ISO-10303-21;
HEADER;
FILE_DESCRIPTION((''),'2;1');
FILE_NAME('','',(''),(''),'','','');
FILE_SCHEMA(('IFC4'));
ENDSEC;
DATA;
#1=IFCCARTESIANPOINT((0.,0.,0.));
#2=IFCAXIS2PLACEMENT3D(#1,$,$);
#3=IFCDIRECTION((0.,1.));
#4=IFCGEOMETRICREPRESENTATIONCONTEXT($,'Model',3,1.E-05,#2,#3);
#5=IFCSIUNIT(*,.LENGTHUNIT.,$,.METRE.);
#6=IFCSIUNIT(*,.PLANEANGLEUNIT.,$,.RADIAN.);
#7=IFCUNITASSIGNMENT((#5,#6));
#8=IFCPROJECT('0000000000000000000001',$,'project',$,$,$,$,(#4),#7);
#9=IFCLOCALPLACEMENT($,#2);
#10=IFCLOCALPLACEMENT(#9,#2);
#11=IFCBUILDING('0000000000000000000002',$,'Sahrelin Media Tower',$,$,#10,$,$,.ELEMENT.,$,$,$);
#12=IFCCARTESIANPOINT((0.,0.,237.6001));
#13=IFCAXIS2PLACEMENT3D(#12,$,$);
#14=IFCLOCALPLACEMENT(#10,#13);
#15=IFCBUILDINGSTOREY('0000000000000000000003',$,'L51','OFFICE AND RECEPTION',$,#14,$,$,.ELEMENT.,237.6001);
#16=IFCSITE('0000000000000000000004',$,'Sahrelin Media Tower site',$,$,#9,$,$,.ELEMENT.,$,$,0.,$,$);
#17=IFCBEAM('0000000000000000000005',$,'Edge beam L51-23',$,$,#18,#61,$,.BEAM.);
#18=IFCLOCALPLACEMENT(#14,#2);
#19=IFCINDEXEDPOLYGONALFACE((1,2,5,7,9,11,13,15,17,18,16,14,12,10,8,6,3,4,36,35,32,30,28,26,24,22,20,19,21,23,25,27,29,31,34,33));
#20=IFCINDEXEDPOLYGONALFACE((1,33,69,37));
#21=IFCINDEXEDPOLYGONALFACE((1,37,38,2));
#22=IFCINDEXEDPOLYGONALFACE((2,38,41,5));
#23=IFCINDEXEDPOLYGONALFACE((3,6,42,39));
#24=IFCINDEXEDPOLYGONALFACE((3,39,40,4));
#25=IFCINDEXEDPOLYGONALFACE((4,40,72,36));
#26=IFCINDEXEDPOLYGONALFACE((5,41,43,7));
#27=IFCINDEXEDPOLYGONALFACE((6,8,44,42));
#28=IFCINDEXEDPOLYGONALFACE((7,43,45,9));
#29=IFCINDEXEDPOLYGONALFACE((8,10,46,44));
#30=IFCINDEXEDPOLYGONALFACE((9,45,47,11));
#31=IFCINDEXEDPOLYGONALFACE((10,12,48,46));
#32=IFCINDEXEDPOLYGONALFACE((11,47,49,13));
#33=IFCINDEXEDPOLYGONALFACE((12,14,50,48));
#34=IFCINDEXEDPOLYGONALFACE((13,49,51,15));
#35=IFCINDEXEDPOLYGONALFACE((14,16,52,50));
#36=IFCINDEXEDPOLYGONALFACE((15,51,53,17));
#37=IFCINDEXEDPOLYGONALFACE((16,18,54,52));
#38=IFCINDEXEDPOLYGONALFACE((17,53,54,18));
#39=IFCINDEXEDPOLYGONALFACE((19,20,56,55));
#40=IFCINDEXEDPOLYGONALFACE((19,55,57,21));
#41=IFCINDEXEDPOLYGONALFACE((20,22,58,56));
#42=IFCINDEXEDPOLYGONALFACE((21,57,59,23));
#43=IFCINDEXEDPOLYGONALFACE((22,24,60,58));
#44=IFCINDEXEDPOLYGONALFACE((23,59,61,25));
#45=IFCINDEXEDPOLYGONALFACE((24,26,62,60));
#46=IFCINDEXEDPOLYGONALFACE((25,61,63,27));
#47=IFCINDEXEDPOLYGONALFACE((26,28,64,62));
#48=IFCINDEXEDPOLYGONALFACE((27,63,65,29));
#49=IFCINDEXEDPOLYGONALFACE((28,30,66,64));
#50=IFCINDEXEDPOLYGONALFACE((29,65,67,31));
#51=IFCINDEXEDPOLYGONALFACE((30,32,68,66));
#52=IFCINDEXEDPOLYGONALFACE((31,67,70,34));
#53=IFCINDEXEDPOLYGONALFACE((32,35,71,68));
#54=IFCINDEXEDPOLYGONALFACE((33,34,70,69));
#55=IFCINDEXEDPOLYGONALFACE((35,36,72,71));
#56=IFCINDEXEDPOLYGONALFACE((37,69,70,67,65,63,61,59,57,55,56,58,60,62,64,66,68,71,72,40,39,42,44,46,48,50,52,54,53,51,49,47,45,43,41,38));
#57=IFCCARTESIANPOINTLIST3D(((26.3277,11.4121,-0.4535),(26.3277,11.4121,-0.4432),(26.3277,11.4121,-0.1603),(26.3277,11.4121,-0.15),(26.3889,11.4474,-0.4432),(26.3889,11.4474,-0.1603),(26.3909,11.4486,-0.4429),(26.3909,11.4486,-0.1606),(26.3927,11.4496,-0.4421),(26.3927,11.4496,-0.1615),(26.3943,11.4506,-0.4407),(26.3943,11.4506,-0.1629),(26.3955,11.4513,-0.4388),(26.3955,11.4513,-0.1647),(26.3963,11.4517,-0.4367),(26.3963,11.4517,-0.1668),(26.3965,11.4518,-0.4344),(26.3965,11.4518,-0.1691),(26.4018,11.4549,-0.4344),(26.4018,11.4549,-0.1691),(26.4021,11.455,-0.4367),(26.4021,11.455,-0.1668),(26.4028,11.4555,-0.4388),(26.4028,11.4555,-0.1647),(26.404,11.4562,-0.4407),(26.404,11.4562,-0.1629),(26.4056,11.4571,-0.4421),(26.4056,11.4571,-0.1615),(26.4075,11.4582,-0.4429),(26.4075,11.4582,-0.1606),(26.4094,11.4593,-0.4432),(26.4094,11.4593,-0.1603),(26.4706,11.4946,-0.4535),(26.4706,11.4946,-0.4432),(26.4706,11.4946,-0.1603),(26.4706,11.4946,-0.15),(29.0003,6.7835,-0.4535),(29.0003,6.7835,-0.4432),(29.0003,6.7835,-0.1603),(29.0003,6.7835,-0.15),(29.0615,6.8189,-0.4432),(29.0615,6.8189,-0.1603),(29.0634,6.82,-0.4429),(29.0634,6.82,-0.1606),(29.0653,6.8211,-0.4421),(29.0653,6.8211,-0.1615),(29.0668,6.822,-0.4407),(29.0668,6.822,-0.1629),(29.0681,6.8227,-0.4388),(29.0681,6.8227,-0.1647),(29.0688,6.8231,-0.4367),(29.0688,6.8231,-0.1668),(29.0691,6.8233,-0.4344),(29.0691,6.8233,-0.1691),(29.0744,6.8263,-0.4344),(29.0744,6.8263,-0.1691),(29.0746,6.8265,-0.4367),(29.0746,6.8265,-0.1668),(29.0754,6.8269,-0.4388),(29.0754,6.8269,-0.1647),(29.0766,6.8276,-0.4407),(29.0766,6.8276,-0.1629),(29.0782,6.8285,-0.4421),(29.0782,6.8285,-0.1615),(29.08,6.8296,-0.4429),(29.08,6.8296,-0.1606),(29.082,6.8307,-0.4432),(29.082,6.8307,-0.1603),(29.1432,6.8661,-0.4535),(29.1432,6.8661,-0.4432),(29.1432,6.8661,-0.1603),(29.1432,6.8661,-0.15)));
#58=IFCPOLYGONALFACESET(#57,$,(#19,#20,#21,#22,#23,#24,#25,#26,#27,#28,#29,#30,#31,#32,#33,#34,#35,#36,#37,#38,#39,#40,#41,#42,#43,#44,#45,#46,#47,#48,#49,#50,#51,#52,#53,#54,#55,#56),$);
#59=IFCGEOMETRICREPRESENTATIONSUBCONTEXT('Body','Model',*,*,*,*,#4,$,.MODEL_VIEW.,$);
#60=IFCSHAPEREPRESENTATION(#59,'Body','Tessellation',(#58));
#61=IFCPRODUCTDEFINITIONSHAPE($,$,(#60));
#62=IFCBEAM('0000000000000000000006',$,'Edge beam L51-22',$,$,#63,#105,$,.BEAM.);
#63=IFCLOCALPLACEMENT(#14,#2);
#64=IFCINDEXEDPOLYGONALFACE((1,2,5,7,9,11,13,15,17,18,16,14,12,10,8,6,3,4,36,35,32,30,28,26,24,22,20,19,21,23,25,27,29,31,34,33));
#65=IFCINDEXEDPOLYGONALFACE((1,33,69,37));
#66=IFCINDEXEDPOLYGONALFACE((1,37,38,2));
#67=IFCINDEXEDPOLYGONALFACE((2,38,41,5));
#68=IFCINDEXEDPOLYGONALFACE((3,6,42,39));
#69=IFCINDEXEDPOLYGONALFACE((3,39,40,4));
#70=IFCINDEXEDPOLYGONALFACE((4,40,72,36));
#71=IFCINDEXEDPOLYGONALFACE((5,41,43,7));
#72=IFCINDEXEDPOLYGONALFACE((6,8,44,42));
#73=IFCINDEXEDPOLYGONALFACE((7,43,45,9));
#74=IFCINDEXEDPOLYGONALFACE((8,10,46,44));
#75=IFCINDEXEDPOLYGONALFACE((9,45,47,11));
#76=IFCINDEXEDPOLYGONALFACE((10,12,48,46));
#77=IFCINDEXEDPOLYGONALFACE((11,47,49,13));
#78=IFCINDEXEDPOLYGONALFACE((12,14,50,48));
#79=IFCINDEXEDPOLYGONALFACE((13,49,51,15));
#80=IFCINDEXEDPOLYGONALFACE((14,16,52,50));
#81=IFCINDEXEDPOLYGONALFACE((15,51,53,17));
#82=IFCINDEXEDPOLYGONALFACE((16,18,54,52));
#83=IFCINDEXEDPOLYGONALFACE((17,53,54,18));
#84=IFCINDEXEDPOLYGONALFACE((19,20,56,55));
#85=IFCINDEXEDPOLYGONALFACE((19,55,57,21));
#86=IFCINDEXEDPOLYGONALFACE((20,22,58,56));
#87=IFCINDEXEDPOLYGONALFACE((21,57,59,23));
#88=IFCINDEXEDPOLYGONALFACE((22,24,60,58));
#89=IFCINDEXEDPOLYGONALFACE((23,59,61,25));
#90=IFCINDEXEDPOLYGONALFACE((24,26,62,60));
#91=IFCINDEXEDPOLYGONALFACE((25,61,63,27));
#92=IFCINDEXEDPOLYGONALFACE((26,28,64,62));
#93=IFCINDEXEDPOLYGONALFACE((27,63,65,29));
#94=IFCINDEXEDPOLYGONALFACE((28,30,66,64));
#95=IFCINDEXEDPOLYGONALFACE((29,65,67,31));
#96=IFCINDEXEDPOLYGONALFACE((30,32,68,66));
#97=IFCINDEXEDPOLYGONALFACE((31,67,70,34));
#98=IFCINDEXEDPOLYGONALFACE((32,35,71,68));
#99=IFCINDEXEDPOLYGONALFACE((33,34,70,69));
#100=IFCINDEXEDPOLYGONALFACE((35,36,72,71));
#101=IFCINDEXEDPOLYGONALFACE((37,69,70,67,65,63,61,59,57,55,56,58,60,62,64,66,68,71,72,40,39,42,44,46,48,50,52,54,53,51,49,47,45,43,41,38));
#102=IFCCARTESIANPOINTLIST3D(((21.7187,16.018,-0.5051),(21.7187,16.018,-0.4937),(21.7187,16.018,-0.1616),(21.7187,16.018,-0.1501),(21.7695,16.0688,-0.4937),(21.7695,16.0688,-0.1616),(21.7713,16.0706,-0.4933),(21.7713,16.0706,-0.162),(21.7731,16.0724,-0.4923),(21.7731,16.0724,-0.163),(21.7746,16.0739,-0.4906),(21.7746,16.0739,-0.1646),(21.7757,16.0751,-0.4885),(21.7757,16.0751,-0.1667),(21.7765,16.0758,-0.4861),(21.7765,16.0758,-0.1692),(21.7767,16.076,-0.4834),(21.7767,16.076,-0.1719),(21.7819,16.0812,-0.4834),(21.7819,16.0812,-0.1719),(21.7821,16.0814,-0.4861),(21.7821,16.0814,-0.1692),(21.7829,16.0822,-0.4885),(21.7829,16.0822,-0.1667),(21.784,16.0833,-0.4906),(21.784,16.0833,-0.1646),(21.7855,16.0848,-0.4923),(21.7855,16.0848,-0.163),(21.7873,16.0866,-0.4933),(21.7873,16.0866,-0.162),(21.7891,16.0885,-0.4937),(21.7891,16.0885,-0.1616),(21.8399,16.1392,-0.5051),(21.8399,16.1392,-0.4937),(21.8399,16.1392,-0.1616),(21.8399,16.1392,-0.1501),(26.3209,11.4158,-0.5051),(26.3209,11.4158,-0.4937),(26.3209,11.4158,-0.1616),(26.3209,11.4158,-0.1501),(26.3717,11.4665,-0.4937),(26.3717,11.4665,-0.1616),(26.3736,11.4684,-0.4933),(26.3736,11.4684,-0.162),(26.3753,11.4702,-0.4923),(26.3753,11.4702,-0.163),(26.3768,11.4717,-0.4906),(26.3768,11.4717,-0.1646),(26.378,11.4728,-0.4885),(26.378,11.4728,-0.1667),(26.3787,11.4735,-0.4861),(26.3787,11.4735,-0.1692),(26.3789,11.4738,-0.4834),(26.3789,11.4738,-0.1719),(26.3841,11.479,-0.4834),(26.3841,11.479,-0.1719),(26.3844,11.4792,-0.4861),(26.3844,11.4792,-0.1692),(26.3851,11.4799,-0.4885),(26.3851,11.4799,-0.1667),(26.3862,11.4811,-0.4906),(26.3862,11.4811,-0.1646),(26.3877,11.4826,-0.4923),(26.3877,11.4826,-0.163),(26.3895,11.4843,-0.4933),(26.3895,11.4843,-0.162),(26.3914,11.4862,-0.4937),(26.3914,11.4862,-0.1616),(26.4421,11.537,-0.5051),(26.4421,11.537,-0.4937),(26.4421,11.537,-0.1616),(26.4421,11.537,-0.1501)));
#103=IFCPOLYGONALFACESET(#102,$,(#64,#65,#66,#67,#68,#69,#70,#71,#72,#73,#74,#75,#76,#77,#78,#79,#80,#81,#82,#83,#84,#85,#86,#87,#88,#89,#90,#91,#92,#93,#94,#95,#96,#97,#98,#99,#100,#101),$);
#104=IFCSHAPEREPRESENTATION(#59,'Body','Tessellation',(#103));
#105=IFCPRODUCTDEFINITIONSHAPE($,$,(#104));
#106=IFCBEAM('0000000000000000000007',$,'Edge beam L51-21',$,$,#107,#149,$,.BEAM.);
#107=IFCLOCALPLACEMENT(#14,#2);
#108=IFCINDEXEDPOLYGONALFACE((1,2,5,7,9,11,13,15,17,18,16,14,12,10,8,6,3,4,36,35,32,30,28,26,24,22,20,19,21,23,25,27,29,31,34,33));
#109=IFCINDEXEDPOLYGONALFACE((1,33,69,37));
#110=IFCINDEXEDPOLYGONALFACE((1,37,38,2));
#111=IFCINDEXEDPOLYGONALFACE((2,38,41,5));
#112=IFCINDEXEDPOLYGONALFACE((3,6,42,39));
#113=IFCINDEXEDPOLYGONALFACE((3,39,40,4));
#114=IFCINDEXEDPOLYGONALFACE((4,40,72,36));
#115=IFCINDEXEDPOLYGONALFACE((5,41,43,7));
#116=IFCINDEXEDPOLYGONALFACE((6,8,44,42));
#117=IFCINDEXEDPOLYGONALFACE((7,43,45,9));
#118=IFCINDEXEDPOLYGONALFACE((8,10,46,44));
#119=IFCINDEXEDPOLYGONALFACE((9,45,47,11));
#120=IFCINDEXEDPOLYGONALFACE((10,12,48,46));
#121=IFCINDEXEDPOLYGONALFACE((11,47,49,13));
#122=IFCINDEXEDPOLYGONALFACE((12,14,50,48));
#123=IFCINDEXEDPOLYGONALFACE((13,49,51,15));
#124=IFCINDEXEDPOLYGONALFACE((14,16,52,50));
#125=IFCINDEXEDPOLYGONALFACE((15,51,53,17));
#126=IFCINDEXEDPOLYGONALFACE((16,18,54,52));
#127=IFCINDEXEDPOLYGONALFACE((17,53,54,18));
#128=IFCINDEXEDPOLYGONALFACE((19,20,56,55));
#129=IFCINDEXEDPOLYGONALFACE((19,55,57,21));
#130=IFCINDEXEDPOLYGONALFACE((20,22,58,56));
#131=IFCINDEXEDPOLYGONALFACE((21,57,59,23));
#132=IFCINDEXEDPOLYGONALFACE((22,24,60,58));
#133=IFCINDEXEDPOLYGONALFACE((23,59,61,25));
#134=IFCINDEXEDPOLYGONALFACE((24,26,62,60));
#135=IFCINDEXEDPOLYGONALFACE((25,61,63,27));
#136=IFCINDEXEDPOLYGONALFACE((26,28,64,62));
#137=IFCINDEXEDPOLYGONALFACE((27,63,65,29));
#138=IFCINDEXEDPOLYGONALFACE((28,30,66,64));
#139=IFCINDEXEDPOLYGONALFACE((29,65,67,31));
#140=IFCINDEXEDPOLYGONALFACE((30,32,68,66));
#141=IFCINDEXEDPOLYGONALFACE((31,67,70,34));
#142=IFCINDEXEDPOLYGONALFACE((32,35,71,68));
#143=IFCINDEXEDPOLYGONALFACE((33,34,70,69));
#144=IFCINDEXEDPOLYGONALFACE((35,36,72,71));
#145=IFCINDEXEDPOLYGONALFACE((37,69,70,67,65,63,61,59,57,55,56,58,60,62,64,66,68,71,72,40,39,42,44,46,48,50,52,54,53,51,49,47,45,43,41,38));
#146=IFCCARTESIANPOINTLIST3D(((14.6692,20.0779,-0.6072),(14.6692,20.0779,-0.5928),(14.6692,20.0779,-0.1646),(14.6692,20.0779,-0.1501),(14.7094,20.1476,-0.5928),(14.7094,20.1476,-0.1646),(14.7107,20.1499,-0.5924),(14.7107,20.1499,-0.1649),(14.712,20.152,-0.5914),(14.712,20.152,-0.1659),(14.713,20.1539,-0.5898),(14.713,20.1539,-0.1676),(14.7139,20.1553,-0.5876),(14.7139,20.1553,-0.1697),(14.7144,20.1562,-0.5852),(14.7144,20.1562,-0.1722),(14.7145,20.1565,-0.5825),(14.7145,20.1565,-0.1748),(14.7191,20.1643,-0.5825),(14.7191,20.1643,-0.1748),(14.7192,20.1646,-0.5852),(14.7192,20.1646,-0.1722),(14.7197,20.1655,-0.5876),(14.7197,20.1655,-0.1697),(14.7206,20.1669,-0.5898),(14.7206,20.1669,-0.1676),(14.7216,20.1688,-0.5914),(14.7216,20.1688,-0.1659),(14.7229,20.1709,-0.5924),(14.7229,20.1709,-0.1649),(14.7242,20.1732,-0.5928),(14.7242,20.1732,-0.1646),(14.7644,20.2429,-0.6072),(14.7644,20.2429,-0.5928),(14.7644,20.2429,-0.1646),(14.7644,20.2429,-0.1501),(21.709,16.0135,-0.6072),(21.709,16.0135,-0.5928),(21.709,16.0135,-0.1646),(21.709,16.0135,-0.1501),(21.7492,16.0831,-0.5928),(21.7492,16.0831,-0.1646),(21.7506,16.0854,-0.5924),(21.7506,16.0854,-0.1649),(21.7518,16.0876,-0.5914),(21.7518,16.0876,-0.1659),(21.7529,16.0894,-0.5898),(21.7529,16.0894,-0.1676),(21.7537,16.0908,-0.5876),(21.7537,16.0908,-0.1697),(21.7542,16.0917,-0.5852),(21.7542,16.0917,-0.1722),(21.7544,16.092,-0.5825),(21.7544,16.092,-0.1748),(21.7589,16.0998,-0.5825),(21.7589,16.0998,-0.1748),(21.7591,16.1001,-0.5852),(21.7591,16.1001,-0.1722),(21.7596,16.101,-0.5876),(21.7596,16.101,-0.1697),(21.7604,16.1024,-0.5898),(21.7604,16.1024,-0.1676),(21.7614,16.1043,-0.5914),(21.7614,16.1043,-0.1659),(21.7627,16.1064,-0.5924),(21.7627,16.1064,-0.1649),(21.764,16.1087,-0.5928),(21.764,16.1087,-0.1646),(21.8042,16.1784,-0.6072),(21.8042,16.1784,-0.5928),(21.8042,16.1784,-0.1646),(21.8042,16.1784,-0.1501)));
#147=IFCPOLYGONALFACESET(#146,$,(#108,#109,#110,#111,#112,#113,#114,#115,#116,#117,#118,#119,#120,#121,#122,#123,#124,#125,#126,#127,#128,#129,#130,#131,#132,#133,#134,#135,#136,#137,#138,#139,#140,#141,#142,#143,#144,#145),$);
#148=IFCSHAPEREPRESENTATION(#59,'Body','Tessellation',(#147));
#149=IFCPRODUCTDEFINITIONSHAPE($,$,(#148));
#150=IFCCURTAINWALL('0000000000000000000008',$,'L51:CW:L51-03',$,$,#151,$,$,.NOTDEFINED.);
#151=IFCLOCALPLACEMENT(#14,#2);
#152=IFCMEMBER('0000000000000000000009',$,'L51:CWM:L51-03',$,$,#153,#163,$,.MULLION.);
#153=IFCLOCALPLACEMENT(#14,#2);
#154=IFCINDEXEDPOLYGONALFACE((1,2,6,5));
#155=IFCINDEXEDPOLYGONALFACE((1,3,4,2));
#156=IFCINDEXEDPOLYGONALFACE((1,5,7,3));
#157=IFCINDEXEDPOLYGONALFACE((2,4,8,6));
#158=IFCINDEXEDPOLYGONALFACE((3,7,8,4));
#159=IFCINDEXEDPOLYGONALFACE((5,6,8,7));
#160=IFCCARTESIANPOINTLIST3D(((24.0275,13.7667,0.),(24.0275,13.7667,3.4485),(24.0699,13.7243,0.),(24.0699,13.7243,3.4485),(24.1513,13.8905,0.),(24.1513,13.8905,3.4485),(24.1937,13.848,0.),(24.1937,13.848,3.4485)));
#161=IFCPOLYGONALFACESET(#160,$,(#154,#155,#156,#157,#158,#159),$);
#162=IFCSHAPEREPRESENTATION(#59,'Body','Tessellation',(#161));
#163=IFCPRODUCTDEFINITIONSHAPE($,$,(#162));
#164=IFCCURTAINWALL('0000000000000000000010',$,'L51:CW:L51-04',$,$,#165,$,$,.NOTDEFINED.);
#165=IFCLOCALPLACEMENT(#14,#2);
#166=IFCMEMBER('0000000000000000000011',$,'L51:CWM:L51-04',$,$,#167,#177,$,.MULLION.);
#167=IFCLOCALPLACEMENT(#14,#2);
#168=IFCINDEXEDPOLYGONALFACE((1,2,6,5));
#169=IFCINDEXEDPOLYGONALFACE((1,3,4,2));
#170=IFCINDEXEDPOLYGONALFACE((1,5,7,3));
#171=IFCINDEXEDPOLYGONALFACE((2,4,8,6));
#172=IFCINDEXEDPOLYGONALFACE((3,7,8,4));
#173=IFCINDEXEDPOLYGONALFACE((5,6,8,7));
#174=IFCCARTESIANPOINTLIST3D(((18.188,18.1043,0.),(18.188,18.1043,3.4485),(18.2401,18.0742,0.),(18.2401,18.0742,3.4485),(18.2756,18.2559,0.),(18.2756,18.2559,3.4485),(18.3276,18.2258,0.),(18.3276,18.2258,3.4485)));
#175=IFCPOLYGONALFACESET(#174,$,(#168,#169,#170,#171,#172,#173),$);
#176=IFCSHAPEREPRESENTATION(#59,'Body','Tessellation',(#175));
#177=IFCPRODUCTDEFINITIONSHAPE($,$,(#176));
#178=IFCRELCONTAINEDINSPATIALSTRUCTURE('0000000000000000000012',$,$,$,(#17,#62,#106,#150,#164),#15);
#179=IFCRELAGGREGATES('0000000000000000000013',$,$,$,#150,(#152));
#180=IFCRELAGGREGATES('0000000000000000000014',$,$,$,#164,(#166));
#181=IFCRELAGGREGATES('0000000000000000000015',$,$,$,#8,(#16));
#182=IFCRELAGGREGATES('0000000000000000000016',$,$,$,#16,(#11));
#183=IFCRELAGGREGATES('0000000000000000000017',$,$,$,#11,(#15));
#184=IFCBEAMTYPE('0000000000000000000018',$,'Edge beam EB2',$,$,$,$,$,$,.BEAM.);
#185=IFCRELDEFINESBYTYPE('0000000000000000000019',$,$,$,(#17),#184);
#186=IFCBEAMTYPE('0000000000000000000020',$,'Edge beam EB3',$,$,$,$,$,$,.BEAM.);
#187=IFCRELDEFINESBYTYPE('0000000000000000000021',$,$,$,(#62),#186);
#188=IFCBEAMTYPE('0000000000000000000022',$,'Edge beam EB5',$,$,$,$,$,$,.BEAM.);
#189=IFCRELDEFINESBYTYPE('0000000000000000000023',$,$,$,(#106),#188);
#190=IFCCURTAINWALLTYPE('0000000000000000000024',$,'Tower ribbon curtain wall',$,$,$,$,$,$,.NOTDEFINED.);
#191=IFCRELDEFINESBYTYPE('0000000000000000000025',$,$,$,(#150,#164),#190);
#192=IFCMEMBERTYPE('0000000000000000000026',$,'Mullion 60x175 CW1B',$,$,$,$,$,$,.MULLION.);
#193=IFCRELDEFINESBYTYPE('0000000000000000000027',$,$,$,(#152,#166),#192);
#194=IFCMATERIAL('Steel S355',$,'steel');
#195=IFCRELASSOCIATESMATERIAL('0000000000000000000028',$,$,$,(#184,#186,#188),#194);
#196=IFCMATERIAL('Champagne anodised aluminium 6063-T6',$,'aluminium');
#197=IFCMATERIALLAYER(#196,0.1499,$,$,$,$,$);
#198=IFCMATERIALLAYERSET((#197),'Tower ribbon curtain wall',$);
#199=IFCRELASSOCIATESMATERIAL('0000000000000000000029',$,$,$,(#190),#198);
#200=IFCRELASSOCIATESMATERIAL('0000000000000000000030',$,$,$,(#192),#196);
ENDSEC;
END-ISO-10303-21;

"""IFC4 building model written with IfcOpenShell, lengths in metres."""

from ifc_helpers import new_model, si_unit, direction, frame, origin, origin_2d, place, context, subcontext, project, spatial, rectangle, i_section, extrude, material, layer, layer_set, material_profile, profile_set, type_object, element, aggregate, save


model = new_model("IFC4")

# Units and contexts
model_context = context("Model", 3, precision=1e-05, world=origin(), true_north=direction((0.0, 1.0)))
body_context = subcontext(model_context, "Body", "Model", "MODEL_VIEW")
ifc_project = project(units=[si_unit("LENGTHUNIT", "METRE"), si_unit("PLANEANGLEUNIT", "RADIAN")], contexts=[model_context])

# Site, building, storey
site_placement = place(None, origin())
site = spatial("IfcSite", under=ifc_project, at=site_placement, Name="Sahrelin Media Tower site", CompositionType="ELEMENT", RefElevation=0.0)
building_placement = place(site_placement, origin())
building = spatial("IfcBuilding", under=site, at=building_placement, Name="Sahrelin Media Tower", CompositionType="ELEMENT")
storey_placement = place(building_placement, frame((0.0, 0.0, 237.6001)))
storey = spatial("IfcBuildingStorey", under=building, at=storey_placement, Name="L51", Description="OFFICE AND RECEPTION", CompositionType="ELEMENT", Elevation=237.6001)

# Beams
ifc_material_1 = material(Name="Steel S355", Category="steel")
ifc_material_profile_1 = material_profile(ifc_material_1, i_section(OverallWidth=0.165, OverallDepth=0.3035, WebThickness=0.0061, FlangeThickness=0.0103, FilletRadius=0.0088, at=origin_2d()), Name="UB 305x165x40")
ifc_profile_set_1 = profile_set([ifc_material_profile_1], Name="Steel S355")
beam_type_1 = type_object("IfcBeamType", Name="Edge beam EB2", PredefinedType="BEAM", material=ifc_profile_set_1)
beam_1_placement = place(storey_placement, frame((26.3992, 11.4534, -0.3018), z_axis=(0.500035, -0.866005, 0.0), x_axis=(0.866005, 0.500035, 0.0)))
element("IfcBeam", 1, at=beam_1_placement, inside=storey, type_object=beam_type_1, Name="Edge beam L51-23", PredefinedType="BEAM", context=body_context, shape_type="SweptSolid", body=[
    extrude(i_section(OverallWidth=0.165, OverallDepth=0.3035, WebThickness=0.0061, FlangeThickness=0.0103, FilletRadius=0.0088, at=origin_2d()), origin(), (0.0, 0.0, 1.0), 5.3447),
])
ifc_material_profile_2 = material_profile(ifc_material_1, i_section(OverallWidth=0.1714, OverallDepth=0.355, WebThickness=0.0073, FlangeThickness=0.0115, FilletRadius=0.0103, at=origin_2d()), Name="UB 356x171x51")
ifc_profile_set_2 = profile_set([ifc_material_profile_2], Name="Steel S355")
beam_type_2 = type_object("IfcBeamType", Name="Edge beam EB3", PredefinedType="BEAM", material=ifc_profile_set_2)
beam_2_placement = place(storey_placement, frame((21.7793, 16.0786, -0.3276), z_axis=(0.707107, -0.707107, 0.0), x_axis=(0.707107, 0.707107, 0.0)))
element("IfcBeam", 2, at=beam_2_placement, inside=storey, type_object=beam_type_2, Name="Edge beam L51-22", PredefinedType="BEAM", context=body_context, shape_type="SweptSolid", body=[
    extrude(i_section(OverallWidth=0.1714, OverallDepth=0.355, WebThickness=0.0073, FlangeThickness=0.0115, FilletRadius=0.0103, at=origin_2d()), origin(), (0.0, 0.0, 1.0), 6.5085),
])
ifc_material_profile_3 = material_profile(ifc_material_1, i_section(OverallWidth=0.1904, OverallDepth=0.457, WebThickness=0.009, FlangeThickness=0.0144, FilletRadius=0.0103, at=origin_2d()), Name="UB 457x191x74")
ifc_profile_set_3 = profile_set([ifc_material_profile_3], Name="Steel S355")
beam_type_3 = type_object("IfcBeamType", Name="Edge beam EB5", PredefinedType="BEAM", material=ifc_profile_set_3)
beam_3_placement = place(storey_placement, frame((14.7168, 20.1604, -0.3787), z_axis=(0.866024, -0.500002, 0.0), x_axis=(0.500002, 0.866024, 0.0)))
element("IfcBeam", 3, at=beam_3_placement, inside=storey, type_object=beam_type_3, Name="Edge beam L51-21", PredefinedType="BEAM", context=body_context, shape_type="SweptSolid", body=[
    extrude(i_section(OverallWidth=0.1904, OverallDepth=0.457, WebThickness=0.009, FlangeThickness=0.0144, FilletRadius=0.0103, at=origin_2d()), origin(), (0.0, 0.0, 1.0), 8.1289),
])

# Curtain walls, members
ifc_material_2 = material(Name="Champagne anodised aluminium 6063-T6", Category="aluminium")
ifc_layer_1 = layer(ifc_material_2, 0.1499)
ifc_layer_set_1 = layer_set([ifc_layer_1], Name="Tower ribbon curtain wall")
curtain_wall_type = type_object("IfcCurtainWallType", Name="Tower ribbon curtain wall", PredefinedType="NOTDEFINED", material=ifc_layer_set_1)
curtain_wall_1_placement = place(storey_placement, frame((24.1865, 13.8833, 0.0), z_axis=(0.0, 0.0, 1.0), x_axis=(1.0, 0.0, 0.0)))
curtain_wall_1 = element("IfcCurtainWall", 4, at=curtain_wall_1_placement, inside=storey, type_object=curtain_wall_type, Name="L51:CW:L51-03", PredefinedType="NOTDEFINED")
ifc_material_profile_4 = material_profile(ifc_material_2, rectangle(XDim=0.0601, YDim=0.175, at=origin_2d()), Name="Mullion 60x175")
ifc_profile_set_4 = profile_set([ifc_material_profile_4], Name="Champagne anodised aluminium 6063-T6")
member_type_1 = type_object("IfcMemberType", Name="Mullion 60x175 CW1B", PredefinedType="MULLION", material=ifc_profile_set_4)
member_1_placement = place(storey_placement, frame((24.1106, 13.8074, 0.0), z_axis=(0.0, 0.0, 1.0), x_axis=(-0.707107, 0.707107, 0.0)))
member_1 = element("IfcMember", 5, at=member_1_placement, type_object=member_type_1, Name="L51:CWM:L51-03", PredefinedType="MULLION", context=body_context, shape_type="SweptSolid", body=[
    extrude(rectangle(XDim=0.0601, YDim=0.175, at=origin_2d()), origin(), (0.0, 0.0, 1.0), 3.4485),
])
curtain_wall_2_placement = place(storey_placement, frame((18.3115, 18.2583, 0.0), z_axis=(0.0, 0.0, 1.0), x_axis=(1.0, 0.0, 0.0)))
curtain_wall_2 = element("IfcCurtainWall", 6, at=curtain_wall_2_placement, inside=storey, type_object=curtain_wall_type, Name="L51:CW:L51-04", PredefinedType="NOTDEFINED")
member_2_placement = place(storey_placement, frame((18.2578, 18.165, 0.0), z_axis=(0.0, 0.0, 1.0), x_axis=(-0.866027, 0.499997, 0.0)))
member_2 = element("IfcMember", 7, at=member_2_placement, type_object=member_type_1, Name="L51:CWM:L51-04", PredefinedType="MULLION", context=body_context, shape_type="SweptSolid", body=[
    extrude(rectangle(XDim=0.0601, YDim=0.175, at=origin_2d()), origin(), (0.0, 0.0, 1.0), 3.4485),
])

aggregate(curtain_wall_1, [member_1])
aggregate(curtain_wall_2, [member_2])

save(model, "model.ifc")
